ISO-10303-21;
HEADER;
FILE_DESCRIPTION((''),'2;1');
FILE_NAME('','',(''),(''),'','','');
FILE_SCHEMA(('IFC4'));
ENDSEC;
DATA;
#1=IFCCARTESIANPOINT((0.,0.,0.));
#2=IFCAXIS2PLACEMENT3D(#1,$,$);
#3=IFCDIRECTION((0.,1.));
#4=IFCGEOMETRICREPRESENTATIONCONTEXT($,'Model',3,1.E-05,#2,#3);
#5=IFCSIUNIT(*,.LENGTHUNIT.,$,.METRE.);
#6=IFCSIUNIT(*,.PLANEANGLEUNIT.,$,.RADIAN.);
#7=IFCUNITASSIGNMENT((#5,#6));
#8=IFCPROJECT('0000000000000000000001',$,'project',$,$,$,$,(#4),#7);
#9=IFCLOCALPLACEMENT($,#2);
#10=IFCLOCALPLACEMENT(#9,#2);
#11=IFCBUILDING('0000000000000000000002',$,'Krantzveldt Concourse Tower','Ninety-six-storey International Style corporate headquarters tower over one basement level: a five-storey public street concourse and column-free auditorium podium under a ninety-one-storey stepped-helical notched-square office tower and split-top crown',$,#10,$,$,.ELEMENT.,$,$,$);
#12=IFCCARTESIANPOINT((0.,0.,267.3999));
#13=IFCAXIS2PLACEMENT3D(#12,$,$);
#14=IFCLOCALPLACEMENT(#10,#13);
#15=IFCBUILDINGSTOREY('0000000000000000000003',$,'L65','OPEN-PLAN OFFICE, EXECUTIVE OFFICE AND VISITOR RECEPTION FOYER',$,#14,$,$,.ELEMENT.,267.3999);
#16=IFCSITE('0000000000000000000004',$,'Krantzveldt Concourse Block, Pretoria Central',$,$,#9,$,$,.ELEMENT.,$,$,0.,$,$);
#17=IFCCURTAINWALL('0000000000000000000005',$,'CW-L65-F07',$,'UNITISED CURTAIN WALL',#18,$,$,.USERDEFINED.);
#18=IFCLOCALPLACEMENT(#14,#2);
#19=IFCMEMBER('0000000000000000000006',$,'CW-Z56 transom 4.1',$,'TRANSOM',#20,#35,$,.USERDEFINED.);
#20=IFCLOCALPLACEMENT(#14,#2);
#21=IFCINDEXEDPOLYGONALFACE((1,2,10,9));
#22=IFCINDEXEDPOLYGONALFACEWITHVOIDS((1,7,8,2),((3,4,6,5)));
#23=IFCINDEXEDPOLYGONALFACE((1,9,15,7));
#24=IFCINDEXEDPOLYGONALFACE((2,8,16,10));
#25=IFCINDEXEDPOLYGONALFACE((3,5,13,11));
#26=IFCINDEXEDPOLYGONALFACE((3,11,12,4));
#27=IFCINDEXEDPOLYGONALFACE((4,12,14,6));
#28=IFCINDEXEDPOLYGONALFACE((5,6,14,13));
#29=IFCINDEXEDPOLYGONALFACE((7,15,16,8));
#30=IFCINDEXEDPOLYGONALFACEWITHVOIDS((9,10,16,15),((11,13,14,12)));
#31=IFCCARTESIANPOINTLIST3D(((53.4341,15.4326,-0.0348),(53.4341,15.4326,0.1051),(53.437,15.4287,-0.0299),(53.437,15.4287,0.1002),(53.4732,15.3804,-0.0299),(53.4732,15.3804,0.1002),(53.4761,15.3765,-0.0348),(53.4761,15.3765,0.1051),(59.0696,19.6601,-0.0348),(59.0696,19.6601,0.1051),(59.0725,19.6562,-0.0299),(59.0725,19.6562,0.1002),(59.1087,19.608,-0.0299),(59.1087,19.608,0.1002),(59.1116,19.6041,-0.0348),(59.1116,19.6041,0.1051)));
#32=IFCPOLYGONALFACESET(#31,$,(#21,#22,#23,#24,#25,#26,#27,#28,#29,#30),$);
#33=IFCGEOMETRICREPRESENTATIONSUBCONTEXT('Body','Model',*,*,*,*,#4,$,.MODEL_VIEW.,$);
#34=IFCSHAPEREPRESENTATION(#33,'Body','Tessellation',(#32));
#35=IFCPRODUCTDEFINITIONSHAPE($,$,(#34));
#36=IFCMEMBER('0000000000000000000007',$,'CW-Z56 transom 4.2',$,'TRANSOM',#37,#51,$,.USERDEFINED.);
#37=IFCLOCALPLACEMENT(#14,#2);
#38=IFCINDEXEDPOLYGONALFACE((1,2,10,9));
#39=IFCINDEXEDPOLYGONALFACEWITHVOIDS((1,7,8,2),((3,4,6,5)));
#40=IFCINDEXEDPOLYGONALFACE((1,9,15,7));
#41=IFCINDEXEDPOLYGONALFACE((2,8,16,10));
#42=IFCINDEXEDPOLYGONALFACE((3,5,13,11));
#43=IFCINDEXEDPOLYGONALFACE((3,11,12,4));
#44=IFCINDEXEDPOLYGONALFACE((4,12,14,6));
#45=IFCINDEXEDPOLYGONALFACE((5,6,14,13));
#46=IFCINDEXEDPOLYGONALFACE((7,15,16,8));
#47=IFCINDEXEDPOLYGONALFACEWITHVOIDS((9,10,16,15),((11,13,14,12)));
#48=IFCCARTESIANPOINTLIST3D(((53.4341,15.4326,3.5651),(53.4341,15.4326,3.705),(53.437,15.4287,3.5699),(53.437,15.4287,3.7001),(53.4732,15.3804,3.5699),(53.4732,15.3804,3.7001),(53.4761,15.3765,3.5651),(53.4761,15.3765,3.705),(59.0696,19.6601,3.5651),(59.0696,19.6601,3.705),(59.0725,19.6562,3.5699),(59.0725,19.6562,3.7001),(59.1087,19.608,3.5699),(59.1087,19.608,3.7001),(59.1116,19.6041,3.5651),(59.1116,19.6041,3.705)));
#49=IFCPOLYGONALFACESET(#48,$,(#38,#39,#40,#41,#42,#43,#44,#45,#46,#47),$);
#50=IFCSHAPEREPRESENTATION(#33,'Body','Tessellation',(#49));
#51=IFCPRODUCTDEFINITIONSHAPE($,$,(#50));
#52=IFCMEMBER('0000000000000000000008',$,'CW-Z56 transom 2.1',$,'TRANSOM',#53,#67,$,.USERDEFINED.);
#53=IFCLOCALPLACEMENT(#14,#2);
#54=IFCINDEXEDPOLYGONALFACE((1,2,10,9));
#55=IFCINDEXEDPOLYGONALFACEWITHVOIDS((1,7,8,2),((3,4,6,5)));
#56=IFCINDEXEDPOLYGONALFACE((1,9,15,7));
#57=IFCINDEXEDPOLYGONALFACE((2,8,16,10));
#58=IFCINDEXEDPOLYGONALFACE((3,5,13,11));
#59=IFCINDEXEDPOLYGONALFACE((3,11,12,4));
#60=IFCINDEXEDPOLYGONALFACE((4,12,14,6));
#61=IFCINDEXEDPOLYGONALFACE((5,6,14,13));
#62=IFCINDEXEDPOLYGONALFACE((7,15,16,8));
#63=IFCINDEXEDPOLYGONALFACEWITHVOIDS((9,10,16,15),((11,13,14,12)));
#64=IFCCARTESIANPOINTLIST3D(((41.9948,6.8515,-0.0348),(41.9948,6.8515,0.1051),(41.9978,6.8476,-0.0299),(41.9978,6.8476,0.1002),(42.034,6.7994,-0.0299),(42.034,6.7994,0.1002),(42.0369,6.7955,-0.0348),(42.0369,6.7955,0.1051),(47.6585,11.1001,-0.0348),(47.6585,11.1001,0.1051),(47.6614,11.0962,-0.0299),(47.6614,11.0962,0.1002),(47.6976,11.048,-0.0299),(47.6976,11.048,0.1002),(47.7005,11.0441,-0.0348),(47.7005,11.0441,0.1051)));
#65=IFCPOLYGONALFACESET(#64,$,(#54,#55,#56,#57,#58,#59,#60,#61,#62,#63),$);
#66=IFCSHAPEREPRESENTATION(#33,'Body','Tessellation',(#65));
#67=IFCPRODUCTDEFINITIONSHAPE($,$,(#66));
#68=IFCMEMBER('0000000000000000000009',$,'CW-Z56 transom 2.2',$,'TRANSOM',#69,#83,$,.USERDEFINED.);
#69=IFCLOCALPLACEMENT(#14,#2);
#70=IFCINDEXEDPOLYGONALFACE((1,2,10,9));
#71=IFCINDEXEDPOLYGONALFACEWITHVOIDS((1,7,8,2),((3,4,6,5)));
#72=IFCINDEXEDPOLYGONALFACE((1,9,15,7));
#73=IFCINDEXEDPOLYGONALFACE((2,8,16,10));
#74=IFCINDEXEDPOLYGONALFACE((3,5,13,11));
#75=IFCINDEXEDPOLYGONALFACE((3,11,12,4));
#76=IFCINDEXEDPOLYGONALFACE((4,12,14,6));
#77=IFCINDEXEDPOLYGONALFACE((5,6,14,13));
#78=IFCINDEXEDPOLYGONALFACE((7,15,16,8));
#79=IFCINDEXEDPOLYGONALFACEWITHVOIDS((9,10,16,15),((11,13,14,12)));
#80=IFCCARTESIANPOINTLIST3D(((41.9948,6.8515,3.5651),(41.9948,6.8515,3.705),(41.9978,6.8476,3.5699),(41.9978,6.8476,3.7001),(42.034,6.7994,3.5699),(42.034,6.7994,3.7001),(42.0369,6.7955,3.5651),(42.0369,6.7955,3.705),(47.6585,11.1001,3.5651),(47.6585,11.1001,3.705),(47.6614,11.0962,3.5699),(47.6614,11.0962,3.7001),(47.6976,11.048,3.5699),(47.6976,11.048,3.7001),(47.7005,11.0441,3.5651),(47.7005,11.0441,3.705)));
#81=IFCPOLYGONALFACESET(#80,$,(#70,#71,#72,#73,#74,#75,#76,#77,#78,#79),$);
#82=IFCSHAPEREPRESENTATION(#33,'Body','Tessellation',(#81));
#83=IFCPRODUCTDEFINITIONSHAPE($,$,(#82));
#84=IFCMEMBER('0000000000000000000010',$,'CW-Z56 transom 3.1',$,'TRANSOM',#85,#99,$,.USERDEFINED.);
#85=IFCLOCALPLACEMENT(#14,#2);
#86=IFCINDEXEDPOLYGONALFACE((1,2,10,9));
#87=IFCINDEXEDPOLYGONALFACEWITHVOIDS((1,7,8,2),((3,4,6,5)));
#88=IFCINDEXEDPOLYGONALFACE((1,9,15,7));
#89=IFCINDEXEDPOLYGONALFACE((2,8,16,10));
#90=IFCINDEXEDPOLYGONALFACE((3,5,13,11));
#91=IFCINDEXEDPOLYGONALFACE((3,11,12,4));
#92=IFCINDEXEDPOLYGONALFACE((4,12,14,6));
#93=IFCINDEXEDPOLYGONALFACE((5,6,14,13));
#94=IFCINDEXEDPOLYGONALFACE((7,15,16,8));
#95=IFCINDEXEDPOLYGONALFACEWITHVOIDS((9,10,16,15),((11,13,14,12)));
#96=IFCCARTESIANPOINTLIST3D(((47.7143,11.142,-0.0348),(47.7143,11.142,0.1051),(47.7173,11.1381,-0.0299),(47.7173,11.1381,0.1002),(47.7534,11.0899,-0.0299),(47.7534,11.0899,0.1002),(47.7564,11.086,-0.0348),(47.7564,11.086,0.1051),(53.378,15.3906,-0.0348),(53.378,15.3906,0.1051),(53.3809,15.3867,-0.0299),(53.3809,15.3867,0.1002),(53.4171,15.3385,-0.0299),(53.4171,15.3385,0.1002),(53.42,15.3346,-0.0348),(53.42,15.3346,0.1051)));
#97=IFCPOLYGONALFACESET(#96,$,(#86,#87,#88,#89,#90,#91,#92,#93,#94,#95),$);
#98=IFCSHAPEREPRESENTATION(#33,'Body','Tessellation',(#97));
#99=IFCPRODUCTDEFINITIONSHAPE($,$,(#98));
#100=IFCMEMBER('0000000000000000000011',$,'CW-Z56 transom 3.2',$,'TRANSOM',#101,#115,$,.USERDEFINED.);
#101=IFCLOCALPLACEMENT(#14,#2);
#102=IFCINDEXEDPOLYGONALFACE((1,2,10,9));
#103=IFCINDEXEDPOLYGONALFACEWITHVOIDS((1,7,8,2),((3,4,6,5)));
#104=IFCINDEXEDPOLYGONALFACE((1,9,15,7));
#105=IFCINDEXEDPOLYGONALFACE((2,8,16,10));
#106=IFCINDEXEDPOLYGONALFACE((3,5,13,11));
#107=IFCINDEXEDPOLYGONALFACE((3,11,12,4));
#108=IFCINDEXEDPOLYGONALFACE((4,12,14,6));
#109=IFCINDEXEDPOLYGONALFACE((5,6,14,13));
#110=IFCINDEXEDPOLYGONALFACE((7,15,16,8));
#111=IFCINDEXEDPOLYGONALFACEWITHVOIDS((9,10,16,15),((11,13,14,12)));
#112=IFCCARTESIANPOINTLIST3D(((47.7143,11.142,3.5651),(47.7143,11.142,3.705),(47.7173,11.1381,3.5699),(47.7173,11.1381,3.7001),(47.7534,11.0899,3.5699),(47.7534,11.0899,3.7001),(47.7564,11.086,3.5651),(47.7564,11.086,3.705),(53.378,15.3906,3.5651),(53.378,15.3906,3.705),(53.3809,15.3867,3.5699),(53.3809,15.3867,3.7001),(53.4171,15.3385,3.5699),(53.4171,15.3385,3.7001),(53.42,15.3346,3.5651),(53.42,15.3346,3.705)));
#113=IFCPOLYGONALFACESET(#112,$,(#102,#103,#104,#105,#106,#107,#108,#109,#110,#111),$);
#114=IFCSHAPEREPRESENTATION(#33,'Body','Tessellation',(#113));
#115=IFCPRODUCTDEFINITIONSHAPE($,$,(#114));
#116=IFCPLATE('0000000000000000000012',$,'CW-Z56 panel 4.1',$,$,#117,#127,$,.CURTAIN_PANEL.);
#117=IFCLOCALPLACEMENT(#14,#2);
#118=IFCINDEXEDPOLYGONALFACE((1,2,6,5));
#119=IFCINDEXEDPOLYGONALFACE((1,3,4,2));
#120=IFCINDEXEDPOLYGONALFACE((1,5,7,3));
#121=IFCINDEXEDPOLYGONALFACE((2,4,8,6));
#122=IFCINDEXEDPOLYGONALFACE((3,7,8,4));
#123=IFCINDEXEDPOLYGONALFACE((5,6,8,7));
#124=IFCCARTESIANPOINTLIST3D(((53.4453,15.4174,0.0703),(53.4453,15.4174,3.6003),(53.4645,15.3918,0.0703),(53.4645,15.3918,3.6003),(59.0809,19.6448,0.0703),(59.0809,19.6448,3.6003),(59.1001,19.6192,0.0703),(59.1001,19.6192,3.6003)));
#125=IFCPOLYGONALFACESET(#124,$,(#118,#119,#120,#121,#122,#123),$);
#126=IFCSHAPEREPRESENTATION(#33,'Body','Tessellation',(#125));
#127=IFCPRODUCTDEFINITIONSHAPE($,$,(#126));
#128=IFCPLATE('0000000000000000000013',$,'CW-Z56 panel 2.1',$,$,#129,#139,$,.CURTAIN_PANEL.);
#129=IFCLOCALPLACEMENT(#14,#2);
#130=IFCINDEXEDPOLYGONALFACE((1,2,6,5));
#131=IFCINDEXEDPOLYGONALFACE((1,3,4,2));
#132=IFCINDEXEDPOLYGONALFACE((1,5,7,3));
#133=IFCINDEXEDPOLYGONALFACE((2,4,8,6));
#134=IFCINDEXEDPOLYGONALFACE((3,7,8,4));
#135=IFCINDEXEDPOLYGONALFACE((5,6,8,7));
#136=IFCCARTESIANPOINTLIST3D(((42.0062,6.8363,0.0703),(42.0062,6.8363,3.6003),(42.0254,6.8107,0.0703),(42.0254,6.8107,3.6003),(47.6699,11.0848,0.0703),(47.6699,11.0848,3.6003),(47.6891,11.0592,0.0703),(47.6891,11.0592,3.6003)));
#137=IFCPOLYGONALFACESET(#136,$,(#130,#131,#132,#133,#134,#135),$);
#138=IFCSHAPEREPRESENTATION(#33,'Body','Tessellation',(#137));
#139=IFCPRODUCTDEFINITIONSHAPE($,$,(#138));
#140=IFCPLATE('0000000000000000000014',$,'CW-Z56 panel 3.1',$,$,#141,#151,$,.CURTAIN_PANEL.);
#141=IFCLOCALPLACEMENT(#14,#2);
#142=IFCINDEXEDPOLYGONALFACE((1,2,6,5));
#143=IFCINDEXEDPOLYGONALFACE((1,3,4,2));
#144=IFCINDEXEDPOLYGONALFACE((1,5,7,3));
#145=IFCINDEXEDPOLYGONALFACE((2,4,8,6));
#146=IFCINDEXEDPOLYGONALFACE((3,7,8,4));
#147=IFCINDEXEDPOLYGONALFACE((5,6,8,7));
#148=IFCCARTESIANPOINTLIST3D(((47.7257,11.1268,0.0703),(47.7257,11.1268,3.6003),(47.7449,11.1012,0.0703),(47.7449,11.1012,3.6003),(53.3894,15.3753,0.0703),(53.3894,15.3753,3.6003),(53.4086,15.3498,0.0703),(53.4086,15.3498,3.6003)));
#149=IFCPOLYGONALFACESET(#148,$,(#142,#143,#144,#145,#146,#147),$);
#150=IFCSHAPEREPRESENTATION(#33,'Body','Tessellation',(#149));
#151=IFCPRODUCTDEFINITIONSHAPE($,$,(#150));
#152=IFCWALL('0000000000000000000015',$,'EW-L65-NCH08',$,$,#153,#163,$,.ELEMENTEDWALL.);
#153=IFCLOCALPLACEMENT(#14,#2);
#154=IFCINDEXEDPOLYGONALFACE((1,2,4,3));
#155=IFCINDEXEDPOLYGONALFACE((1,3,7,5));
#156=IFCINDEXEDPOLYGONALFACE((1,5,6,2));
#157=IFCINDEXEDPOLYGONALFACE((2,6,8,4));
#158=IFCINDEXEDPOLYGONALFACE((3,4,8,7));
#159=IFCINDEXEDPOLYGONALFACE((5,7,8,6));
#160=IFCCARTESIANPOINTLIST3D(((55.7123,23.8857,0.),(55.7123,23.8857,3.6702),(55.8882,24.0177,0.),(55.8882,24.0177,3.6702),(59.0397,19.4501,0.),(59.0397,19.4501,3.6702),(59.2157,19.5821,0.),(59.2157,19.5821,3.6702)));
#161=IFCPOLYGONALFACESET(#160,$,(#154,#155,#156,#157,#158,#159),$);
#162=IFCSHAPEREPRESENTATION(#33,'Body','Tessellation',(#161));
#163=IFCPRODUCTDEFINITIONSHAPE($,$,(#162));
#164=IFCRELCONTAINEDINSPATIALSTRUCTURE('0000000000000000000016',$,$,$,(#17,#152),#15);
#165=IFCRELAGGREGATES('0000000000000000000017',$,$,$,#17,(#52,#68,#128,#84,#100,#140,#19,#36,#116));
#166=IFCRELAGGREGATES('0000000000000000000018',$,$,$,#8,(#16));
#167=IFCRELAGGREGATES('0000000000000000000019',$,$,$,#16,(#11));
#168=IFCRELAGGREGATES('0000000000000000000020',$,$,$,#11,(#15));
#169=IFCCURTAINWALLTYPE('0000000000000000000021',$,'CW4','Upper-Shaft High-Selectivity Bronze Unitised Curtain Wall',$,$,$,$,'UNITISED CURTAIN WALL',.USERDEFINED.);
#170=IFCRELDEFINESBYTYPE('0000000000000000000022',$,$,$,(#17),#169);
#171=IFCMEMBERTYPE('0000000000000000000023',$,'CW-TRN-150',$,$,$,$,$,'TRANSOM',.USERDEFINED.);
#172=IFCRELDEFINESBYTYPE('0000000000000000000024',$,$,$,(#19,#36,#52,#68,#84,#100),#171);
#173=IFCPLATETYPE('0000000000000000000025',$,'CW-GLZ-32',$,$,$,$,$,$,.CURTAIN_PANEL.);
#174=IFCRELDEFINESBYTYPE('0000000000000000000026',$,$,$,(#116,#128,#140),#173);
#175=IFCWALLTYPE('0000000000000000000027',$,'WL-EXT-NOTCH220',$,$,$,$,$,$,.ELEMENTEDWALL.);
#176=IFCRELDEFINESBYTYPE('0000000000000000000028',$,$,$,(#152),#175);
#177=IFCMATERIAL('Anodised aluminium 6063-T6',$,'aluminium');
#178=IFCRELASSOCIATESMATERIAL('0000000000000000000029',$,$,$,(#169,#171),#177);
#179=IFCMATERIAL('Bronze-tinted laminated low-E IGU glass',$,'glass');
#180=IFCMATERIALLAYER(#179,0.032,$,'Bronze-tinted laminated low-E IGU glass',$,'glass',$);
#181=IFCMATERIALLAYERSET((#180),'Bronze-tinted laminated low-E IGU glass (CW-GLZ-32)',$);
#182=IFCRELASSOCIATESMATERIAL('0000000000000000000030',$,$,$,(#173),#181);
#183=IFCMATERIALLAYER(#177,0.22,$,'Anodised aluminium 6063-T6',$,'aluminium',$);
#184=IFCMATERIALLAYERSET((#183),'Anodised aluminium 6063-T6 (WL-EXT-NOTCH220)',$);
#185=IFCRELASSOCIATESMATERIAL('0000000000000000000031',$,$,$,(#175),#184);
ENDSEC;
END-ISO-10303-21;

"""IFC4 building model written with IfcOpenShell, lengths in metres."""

from ifc_helpers import new_model, si_unit, direction, frame, frame_2d, origin, origin_2d, place, context, subcontext, project, spatial, rectangle, hollow_rectangle, extrude, source, transform, mapped, material, layer, layer_set, material_profile, profile_set, type_object, type_shapes, element, aggregate, save


model = new_model("IFC4")

# Units and contexts
model_context = context("Model", 3, precision=1e-05, world=origin(), true_north=direction((0.0, 1.0)))
body_context = subcontext(model_context, "Body", "Model", "MODEL_VIEW")
ifc_project = project(units=[si_unit("LENGTHUNIT", "METRE"), si_unit("PLANEANGLEUNIT", "RADIAN")], contexts=[model_context])

# Site, building, storey
site_placement = place(None, origin())
site = spatial("IfcSite", under=ifc_project, at=site_placement, Name="Krantzveldt Concourse Block, Pretoria Central", CompositionType="ELEMENT", RefElevation=0.0)
building_placement = place(site_placement, origin())
building = spatial("IfcBuilding", under=site, at=building_placement, Name="Krantzveldt Concourse Tower", Description="Ninety-six-storey International Style corporate headquarters tower over one basement level: a five-storey public street concourse and column-free auditorium podium under a ninety-one-storey stepped-helical notched-square office tower and split-top crown", CompositionType="ELEMENT")
storey_placement = place(building_placement, frame((0.0, 0.0, 267.3999)))
storey = spatial("IfcBuildingStorey", under=building, at=storey_placement, Name="L65", Description="OPEN-PLAN OFFICE, EXECUTIVE OFFICE AND VISITOR RECEPTION FOYER", CompositionType="ELEMENT", Elevation=267.3999)

# Curtain wall, members, plates
ifc_material_1 = material(Name="Anodised aluminium 6063-T6", Category="aluminium")
curtain_wall_type = type_object("IfcCurtainWallType", Name="CW4", Description="Upper-Shaft High-Selectivity Bronze Unitised Curtain Wall", ElementType="UNITISED CURTAIN WALL", PredefinedType="USERDEFINED", material=ifc_material_1)
curtain_wall_placement = place(storey_placement, origin())
curtain_wall = element("IfcCurtainWall", 1, at=curtain_wall_placement, inside=storey, type_object=curtain_wall_type, Name="CW-L65-F07", ObjectType="UNITISED CURTAIN WALL", PredefinedType="USERDEFINED")
ifc_material_profile_1 = material_profile(ifc_material_1, hollow_rectangle(XDim=0.0701, YDim=0.1399, WallThickness=0.0049, at=origin_2d()), Name="Anodised aluminium 6063-T6", Category="aluminium")
ifc_profile_set_1 = profile_set([ifc_material_profile_1], Name="Anodised aluminium 6063-T6 - ALU-TRAN 140x70x5")
member_type_1 = type_object("IfcMemberType", Name="CW-TRN-150", ElementType="TRANSOM", PredefinedType="USERDEFINED", material=ifc_profile_set_1)
shared_shape_1 = source(origin(), body_context, "Body", "SweptSolid", [
    extrude(hollow_rectangle(XDim=0.0701, YDim=0.1399, WallThickness=0.0049, at=origin_2d()), origin(), (0.0, 0.0, 1.0), 7.0449),
])
member_1_placement = place(storey_placement, frame((53.4551, 15.4045, 0.0352), z_axis=(0.799938, 0.600083, 0.0), x_axis=(-0.600083, 0.799938, 0.0)))
member_1 = element("IfcMember", 2, at=member_1_placement, type_object=member_type_1, Name="CW-Z56 transom 4.1", ObjectType="TRANSOM", PredefinedType="USERDEFINED", context=body_context, shape_type="MappedRepresentation", body=[
    mapped(shared_shape_1, transform((0.0, 0.0, 0.0), x_axis=(1.0, 0.0, 0.0), y_axis=(0.0, 1.0, 0.0), z_axis=(0.0, 0.0, 1.0), scale=1.0)),
])
member_2_placement = place(storey_placement, frame((53.4551, 15.4045, 3.635), z_axis=(0.799938, 0.600083, 0.0), x_axis=(-0.600083, 0.799938, 0.0)))
member_2 = element("IfcMember", 3, at=member_2_placement, type_object=member_type_1, Name="CW-Z56 transom 4.2", ObjectType="TRANSOM", PredefinedType="USERDEFINED", context=body_context, shape_type="MappedRepresentation", body=[
    mapped(shared_shape_1, transform((0.0, 0.0, 0.0), x_axis=(1.0, 0.0, 0.0), y_axis=(0.0, 1.0, 0.0), z_axis=(0.0, 0.0, 1.0), scale=1.0)),
])
shared_shape_2 = source(origin(), body_context, "Body", "SweptSolid", [
    extrude(hollow_rectangle(XDim=0.0701, YDim=0.1399, WallThickness=0.0049, at=origin_2d()), origin(), (0.0, 0.0, 1.0), 7.0801),
])
type_shapes(member_type_1, [shared_shape_1, shared_shape_2])
member_3_placement = place(storey_placement, frame((42.0159, 6.8235, 0.0352), z_axis=(0.799942, 0.600077, 0.0), x_axis=(-0.600077, 0.799942, 0.0)))
member_3 = element("IfcMember", 4, at=member_3_placement, type_object=member_type_1, Name="CW-Z56 transom 2.1", ObjectType="TRANSOM", PredefinedType="USERDEFINED", context=body_context, shape_type="MappedRepresentation", body=[
    mapped(shared_shape_2, transform((0.0, 0.0, 0.0), x_axis=(1.0, 0.0, 0.0), y_axis=(0.0, 1.0, 0.0), z_axis=(0.0, 0.0, 1.0), scale=1.0)),
])
member_4_placement = place(storey_placement, frame((42.0159, 6.8235, 3.635), z_axis=(0.799942, 0.600077, 0.0), x_axis=(-0.600077, 0.799942, 0.0)))
member_4 = element("IfcMember", 5, at=member_4_placement, type_object=member_type_1, Name="CW-Z56 transom 2.2", ObjectType="TRANSOM", PredefinedType="USERDEFINED", context=body_context, shape_type="MappedRepresentation", body=[
    mapped(shared_shape_2, transform((0.0, 0.0, 0.0), x_axis=(1.0, 0.0, 0.0), y_axis=(0.0, 1.0, 0.0), z_axis=(0.0, 0.0, 1.0), scale=1.0)),
])
member_5_placement = place(storey_placement, frame((47.7354, 11.114, 0.0352), z_axis=(0.799942, 0.600077, 0.0), x_axis=(-0.600077, 0.799942, 0.0)))
member_5 = element("IfcMember", 6, at=member_5_placement, type_object=member_type_1, Name="CW-Z56 transom 3.1", ObjectType="TRANSOM", PredefinedType="USERDEFINED", context=body_context, shape_type="MappedRepresentation", body=[
    mapped(shared_shape_2, transform((0.0, 0.0, 0.0), x_axis=(1.0, 0.0, 0.0), y_axis=(0.0, 1.0, 0.0), z_axis=(0.0, 0.0, 1.0), scale=1.0)),
])
member_6_placement = place(storey_placement, frame((47.7354, 11.114, 3.635), z_axis=(0.799942, 0.600077, 0.0), x_axis=(-0.600077, 0.799942, 0.0)))
member_6 = element("IfcMember", 7, at=member_6_placement, type_object=member_type_1, Name="CW-Z56 transom 3.2", ObjectType="TRANSOM", PredefinedType="USERDEFINED", context=body_context, shape_type="MappedRepresentation", body=[
    mapped(shared_shape_2, transform((0.0, 0.0, 0.0), x_axis=(1.0, 0.0, 0.0), y_axis=(0.0, 1.0, 0.0), z_axis=(0.0, 0.0, 1.0), scale=1.0)),
])
ifc_material_2 = material(Name="Bronze-tinted laminated low-E IGU glass", Category="glass")
ifc_layer_1 = layer(ifc_material_2, 0.032, Name="Bronze-tinted laminated low-E IGU glass", Category="glass")
ifc_layer_set_1 = layer_set([ifc_layer_1], Name="Bronze-tinted laminated low-E IGU glass (CW-GLZ-32)")
plate_type = type_object("IfcPlateType", Name="CW-GLZ-32", PredefinedType="CURTAIN_PANEL", material=ifc_layer_set_1)
shared_shape_3 = source(origin(), body_context, "Body", "SweptSolid", [
    extrude(rectangle(XDim=7.0449, YDim=0.032, at=origin_2d()), origin(), (0.0, 0.0, 1.0), 3.53),
])
plate_1_placement = place(storey_placement, frame((56.2727, 17.5183, 0.0703), z_axis=(0.0, 0.0, 1.0), x_axis=(0.799947, 0.600071, 0.0)))
plate_1 = element("IfcPlate", 8, at=plate_1_placement, type_object=plate_type, Name="CW-Z56 panel 4.1", PredefinedType="CURTAIN_PANEL", context=body_context, shape_type="MappedRepresentation", body=[
    mapped(shared_shape_3, transform((0.0, 0.0, 0.0), x_axis=(1.0, 0.0, 0.0), y_axis=(0.0, 1.0, 0.0), z_axis=(0.0, 0.0, 1.0), scale=1.0)),
])
shared_shape_4 = source(origin(), body_context, "Body", "SweptSolid", [
    extrude(rectangle(XDim=7.0801, YDim=0.032, at=origin_2d()), origin(), (0.0, 0.0, 1.0), 3.53),
])
type_shapes(plate_type, [shared_shape_3, shared_shape_4])
plate_2_placement = place(storey_placement, frame((44.8477, 8.9478, 0.0703), z_axis=(0.0, 0.0, 1.0), x_axis=(0.799947, 0.600071, 0.0)))
plate_2 = element("IfcPlate", 9, at=plate_2_placement, type_object=plate_type, Name="CW-Z56 panel 2.1", PredefinedType="CURTAIN_PANEL", context=body_context, shape_type="MappedRepresentation", body=[
    mapped(shared_shape_4, transform((0.0, 0.0, 0.0), x_axis=(1.0, 0.0, 0.0), y_axis=(0.0, 1.0, 0.0), z_axis=(0.0, 0.0, 1.0), scale=1.0)),
])
plate_3_placement = place(storey_placement, frame((50.5671, 13.2383, 0.0703), z_axis=(0.0, 0.0, 1.0), x_axis=(0.799947, 0.600071, 0.0)))
plate_3 = element("IfcPlate", 10, at=plate_3_placement, type_object=plate_type, Name="CW-Z56 panel 3.1", PredefinedType="CURTAIN_PANEL", context=body_context, shape_type="MappedRepresentation", body=[
    mapped(shared_shape_4, transform((0.0, 0.0, 0.0), x_axis=(1.0, 0.0, 0.0), y_axis=(0.0, 1.0, 0.0), z_axis=(0.0, 0.0, 1.0), scale=1.0)),
])
aggregate(curtain_wall, [member_3, member_4, plate_2, member_5, member_6, plate_3, member_1, member_2, plate_1])

# Wall
ifc_layer_2 = layer(ifc_material_1, 0.22, Name="Anodised aluminium 6063-T6", Category="aluminium")
ifc_layer_set_2 = layer_set([ifc_layer_2], Name="Anodised aluminium 6063-T6 (WL-EXT-NOTCH220)")
wall_type_1 = type_object("IfcWallType", Name="WL-EXT-NOTCH220", PredefinedType="ELEMENTEDWALL", material=ifc_layer_set_2)
wall_1_placement = place(storey_placement, frame((59.1277, 19.5161, 0.0), z_axis=(0.0, 0.0, 1.0), x_axis=(-0.600085, 0.799937, 0.0)))
element("IfcWall", 11, at=wall_1_placement, inside=storey, type_object=wall_type_1, Name="EW-L65-NCH08", PredefinedType="ELEMENTEDWALL", context=body_context, shape_type="SweptSolid", body=[
    extrude(rectangle(XDim=5.5449, YDim=0.22, at=frame_2d((2.7725, 0.0))), origin(), (0.0, 0.0, 1.0), 3.6702),
])

save(model, "model.ifc")
